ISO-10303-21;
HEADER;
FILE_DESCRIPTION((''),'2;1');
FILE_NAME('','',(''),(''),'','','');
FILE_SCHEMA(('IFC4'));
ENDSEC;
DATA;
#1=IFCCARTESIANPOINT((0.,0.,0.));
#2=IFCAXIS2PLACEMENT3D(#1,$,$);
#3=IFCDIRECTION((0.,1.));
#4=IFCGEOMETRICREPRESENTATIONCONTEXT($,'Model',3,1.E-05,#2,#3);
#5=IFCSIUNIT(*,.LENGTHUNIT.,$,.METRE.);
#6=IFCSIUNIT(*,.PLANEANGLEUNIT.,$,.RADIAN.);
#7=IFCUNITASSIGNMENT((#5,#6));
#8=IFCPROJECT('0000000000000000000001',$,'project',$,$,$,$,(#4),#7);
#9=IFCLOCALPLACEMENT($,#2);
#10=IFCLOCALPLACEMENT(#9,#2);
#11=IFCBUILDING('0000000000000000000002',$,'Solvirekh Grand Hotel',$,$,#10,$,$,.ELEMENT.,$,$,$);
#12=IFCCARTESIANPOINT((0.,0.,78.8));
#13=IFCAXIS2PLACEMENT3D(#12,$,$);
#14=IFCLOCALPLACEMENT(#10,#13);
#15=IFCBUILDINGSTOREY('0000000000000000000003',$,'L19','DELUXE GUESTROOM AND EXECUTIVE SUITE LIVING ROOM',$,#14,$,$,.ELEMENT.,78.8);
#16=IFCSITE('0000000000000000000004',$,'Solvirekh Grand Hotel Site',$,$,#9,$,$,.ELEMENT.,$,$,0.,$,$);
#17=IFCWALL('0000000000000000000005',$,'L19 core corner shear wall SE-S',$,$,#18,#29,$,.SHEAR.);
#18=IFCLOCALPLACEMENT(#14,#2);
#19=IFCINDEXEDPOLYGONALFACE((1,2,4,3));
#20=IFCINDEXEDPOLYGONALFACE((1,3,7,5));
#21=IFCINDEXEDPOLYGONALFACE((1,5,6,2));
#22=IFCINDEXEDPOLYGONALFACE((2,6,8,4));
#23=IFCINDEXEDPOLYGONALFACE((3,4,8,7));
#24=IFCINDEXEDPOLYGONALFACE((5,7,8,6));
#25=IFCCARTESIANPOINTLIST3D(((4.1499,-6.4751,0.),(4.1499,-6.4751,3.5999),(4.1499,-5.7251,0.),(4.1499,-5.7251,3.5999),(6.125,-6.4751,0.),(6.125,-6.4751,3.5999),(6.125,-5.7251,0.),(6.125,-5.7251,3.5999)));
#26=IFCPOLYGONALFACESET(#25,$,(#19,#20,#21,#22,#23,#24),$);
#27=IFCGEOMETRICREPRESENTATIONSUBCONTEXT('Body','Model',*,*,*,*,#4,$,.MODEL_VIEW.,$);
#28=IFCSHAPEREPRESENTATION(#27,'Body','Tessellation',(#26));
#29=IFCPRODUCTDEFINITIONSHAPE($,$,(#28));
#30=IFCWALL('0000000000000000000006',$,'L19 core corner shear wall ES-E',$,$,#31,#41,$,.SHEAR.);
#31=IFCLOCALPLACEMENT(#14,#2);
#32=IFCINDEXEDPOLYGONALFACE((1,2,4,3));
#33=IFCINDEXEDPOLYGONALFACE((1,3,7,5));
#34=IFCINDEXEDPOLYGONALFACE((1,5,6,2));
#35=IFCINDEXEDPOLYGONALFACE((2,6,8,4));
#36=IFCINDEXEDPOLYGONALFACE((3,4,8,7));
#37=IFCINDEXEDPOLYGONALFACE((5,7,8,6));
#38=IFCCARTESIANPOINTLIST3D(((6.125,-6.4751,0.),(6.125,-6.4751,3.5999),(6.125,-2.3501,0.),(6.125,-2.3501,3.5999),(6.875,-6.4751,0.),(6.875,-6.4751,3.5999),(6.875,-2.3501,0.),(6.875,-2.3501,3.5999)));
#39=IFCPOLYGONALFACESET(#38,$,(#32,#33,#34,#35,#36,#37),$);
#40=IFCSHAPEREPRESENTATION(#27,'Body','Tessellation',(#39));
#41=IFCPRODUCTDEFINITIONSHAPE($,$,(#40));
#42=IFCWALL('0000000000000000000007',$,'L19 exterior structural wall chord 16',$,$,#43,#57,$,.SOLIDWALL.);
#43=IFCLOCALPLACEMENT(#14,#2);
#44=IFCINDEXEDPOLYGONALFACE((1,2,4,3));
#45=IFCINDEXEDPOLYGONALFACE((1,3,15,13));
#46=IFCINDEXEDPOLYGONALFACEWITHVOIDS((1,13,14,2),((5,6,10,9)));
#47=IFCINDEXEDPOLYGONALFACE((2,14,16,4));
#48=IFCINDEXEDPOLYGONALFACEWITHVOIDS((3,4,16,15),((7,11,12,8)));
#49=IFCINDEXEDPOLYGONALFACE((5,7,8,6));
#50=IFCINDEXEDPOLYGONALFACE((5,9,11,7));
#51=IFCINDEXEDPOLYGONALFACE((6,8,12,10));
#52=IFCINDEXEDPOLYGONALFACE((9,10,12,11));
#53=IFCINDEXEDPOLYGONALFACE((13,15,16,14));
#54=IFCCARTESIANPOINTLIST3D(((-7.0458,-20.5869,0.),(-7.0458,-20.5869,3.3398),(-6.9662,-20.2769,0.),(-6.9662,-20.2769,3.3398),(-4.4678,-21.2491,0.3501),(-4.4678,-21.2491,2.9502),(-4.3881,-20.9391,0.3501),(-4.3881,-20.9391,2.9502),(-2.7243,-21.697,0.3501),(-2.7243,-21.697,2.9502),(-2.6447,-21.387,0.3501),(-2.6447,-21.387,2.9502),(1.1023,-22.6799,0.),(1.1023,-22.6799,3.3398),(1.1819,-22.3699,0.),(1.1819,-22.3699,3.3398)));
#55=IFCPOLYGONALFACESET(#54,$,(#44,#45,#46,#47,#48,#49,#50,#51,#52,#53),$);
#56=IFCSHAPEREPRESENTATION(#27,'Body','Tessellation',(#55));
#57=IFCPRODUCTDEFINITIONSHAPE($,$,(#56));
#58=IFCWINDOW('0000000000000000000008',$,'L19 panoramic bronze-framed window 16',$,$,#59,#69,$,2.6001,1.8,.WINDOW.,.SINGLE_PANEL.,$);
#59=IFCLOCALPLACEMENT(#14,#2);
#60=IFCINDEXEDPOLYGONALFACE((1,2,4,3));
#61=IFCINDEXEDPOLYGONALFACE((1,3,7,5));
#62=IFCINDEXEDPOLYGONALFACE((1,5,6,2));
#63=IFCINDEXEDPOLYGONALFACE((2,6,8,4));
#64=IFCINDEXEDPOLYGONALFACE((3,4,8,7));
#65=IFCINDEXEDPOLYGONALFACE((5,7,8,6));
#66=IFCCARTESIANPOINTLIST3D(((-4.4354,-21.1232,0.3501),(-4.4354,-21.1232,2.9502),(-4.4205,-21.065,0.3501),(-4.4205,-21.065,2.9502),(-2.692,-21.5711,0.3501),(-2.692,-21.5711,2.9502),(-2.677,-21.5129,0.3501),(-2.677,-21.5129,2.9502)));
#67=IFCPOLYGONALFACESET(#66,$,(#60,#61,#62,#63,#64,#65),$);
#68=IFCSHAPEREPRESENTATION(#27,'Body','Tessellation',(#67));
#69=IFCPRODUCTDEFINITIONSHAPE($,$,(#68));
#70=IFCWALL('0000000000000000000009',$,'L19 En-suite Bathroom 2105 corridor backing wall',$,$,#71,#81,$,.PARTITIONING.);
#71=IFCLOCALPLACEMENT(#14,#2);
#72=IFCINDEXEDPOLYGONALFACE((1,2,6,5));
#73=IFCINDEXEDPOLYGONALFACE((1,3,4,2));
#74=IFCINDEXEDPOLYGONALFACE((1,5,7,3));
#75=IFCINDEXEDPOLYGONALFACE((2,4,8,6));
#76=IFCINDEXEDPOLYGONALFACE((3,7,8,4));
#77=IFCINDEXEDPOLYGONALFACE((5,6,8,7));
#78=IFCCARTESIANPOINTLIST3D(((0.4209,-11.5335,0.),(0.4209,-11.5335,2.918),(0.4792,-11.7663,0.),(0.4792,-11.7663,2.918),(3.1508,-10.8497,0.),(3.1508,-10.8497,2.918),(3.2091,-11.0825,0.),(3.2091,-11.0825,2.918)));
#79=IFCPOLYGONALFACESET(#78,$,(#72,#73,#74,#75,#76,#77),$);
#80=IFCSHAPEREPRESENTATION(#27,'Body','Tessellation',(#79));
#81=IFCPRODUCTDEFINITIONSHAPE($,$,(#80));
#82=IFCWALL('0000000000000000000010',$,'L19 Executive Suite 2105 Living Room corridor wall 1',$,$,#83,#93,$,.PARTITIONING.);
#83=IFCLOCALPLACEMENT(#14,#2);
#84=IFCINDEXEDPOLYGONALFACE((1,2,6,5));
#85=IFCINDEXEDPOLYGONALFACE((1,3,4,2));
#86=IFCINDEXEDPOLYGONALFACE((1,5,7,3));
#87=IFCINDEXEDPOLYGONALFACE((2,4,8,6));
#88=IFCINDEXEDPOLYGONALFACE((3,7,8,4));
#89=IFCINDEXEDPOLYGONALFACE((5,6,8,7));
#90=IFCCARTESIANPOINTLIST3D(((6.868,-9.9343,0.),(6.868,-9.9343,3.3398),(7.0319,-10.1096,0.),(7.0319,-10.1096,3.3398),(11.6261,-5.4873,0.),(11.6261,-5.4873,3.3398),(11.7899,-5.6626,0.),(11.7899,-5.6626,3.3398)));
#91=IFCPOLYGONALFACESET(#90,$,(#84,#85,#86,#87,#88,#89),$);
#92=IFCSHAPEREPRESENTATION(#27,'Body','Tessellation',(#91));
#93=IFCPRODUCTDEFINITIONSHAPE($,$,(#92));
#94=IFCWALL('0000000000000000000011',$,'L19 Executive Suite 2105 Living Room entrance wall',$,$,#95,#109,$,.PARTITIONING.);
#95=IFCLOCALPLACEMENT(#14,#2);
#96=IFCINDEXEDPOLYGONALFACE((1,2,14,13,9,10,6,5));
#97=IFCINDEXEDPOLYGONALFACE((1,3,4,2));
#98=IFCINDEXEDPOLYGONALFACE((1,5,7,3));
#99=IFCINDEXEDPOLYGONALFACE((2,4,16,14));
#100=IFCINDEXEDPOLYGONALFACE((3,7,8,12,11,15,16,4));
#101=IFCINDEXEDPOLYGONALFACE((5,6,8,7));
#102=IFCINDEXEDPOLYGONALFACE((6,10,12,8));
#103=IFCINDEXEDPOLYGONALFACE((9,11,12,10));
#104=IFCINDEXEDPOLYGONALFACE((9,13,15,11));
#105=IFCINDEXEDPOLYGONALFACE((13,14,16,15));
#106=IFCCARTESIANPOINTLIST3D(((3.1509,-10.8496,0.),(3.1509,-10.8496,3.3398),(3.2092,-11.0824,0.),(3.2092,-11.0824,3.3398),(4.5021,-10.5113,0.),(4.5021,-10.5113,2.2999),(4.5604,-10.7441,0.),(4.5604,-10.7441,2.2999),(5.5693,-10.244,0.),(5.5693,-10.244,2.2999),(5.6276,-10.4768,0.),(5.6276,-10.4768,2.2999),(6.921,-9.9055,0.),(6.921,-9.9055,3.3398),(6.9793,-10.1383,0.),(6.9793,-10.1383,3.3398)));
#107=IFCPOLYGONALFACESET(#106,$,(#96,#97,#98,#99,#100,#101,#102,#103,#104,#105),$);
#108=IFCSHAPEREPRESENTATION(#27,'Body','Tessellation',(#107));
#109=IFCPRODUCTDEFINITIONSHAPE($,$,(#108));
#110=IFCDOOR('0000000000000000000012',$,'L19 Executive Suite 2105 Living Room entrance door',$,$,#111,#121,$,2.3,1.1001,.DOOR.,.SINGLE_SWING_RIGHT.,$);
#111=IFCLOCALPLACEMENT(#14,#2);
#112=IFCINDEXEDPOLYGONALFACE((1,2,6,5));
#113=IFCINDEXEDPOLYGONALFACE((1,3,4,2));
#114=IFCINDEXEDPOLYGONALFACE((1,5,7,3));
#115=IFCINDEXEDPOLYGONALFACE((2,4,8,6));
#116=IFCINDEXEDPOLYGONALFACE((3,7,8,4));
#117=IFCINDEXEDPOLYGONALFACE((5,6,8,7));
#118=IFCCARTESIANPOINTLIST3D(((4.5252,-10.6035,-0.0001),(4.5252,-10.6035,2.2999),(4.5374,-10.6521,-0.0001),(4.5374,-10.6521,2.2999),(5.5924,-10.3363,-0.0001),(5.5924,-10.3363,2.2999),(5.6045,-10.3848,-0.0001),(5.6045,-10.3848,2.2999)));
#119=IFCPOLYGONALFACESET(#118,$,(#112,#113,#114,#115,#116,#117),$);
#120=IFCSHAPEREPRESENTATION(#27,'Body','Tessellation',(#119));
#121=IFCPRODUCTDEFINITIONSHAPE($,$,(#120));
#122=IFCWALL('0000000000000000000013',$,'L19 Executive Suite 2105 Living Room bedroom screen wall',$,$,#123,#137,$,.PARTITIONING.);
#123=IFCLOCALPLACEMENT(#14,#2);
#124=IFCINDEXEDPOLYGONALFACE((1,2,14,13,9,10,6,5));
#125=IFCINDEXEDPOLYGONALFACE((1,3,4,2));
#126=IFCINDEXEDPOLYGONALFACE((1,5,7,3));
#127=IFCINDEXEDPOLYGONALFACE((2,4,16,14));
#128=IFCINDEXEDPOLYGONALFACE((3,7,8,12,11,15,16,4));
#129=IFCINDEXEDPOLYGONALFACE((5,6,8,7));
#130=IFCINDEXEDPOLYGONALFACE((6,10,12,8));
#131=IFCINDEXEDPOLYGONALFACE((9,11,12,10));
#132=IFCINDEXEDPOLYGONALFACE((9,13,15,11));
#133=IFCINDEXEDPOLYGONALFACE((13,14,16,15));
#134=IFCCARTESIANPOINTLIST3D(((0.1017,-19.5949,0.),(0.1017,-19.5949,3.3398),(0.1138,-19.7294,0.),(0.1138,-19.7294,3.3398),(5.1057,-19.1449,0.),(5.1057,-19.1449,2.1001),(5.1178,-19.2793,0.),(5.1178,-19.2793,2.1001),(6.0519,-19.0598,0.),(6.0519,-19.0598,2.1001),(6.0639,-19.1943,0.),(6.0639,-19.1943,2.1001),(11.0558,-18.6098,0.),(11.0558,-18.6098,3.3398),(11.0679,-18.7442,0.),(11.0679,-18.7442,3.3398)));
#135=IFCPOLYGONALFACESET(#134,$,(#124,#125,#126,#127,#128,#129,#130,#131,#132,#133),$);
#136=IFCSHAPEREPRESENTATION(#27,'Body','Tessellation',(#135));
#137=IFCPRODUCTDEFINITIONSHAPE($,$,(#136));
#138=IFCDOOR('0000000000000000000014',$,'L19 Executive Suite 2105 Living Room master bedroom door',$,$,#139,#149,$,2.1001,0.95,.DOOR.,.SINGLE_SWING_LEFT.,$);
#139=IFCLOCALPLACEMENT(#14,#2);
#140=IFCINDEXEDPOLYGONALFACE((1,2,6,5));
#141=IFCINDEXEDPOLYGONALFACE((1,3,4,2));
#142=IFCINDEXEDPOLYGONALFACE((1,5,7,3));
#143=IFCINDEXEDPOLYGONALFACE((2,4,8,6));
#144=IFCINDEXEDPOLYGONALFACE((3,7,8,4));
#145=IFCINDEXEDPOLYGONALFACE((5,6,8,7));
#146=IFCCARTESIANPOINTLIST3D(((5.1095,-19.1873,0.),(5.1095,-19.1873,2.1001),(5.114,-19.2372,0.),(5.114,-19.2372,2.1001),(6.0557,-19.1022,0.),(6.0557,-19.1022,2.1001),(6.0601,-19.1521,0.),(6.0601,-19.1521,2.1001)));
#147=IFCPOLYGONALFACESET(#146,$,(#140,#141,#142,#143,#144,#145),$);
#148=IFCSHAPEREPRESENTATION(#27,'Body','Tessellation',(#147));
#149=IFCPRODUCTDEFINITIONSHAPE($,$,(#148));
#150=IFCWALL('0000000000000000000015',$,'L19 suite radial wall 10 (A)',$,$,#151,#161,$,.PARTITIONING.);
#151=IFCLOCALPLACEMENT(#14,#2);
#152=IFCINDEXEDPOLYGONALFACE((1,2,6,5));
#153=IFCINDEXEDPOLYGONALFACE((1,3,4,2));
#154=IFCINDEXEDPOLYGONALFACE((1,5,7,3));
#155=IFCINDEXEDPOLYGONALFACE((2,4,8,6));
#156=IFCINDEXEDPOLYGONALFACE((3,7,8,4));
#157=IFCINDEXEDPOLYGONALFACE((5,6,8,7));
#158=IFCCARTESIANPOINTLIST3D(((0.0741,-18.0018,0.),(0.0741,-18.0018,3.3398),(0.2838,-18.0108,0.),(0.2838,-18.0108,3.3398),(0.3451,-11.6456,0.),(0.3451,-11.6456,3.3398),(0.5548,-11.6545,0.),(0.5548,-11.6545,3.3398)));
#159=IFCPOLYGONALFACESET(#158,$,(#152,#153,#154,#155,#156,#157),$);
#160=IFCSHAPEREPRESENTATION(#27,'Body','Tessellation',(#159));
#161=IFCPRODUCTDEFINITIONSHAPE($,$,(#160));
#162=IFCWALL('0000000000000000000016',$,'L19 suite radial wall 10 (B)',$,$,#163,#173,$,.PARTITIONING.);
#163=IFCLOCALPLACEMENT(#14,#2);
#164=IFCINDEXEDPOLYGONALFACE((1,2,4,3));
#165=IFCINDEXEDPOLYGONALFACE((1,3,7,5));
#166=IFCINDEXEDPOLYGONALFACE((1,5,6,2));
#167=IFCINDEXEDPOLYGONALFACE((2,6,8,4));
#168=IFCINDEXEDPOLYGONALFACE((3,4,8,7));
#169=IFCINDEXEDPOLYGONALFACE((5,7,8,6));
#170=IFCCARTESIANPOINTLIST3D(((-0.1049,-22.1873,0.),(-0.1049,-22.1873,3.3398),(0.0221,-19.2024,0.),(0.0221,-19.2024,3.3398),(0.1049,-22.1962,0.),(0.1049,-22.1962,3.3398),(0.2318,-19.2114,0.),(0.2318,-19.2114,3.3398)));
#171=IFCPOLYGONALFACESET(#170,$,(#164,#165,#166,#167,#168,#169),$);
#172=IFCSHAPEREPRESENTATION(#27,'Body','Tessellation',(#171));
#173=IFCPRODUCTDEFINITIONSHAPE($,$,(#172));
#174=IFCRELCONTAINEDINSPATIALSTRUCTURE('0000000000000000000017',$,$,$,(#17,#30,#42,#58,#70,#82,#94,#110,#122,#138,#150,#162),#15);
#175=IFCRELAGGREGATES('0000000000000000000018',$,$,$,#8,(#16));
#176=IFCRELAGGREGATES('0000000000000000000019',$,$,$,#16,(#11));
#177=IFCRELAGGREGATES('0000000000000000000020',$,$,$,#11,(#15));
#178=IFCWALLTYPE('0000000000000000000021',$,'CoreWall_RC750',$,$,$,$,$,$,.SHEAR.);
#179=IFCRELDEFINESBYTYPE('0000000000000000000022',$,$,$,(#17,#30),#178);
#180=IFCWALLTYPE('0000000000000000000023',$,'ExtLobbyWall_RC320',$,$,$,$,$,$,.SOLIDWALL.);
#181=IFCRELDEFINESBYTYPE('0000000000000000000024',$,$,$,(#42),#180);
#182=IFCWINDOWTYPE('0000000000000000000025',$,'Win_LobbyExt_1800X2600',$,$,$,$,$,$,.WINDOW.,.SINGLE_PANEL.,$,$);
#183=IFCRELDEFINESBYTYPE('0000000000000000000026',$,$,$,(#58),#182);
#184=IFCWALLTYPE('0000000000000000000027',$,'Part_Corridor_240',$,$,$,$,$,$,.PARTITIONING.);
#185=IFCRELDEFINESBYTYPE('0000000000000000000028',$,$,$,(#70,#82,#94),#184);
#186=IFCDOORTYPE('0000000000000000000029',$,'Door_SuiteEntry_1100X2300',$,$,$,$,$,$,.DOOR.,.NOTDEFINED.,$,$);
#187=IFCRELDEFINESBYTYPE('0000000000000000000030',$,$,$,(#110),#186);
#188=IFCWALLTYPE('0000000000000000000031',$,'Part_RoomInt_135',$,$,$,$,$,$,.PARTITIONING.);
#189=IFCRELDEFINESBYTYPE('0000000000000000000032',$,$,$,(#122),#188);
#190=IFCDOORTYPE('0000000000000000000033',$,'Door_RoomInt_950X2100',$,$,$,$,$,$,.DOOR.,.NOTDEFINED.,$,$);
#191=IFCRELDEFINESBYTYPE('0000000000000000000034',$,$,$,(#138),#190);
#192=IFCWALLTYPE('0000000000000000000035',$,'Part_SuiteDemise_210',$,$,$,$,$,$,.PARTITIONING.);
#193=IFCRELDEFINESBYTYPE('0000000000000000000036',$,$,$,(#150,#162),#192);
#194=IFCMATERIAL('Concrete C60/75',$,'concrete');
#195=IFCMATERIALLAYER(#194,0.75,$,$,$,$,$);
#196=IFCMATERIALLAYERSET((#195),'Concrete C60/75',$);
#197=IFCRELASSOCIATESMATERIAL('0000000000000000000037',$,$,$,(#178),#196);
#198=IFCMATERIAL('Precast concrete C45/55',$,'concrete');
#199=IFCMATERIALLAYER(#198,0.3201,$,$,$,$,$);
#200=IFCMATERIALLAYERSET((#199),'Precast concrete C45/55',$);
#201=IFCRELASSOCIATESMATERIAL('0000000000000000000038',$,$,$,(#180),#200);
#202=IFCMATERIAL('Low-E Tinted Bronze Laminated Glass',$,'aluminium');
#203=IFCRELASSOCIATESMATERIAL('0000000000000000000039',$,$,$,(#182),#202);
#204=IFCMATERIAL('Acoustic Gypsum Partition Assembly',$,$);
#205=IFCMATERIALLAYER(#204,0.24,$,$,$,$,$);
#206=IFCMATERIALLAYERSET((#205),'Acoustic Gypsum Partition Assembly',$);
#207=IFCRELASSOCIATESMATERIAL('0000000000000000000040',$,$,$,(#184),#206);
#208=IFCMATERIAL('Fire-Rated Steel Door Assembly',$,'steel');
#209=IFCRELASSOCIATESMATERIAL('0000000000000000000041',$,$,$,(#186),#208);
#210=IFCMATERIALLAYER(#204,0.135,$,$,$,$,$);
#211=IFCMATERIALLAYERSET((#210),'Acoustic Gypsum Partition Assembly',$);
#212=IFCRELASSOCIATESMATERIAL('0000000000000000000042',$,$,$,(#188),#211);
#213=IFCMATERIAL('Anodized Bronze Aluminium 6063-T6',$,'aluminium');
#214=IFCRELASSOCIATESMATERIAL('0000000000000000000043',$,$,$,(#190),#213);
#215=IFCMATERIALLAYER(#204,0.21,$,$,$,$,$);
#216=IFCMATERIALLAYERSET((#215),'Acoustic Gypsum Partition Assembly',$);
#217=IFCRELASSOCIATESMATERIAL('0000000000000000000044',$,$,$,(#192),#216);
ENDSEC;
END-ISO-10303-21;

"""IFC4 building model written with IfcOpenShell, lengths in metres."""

from ifc_helpers import new_model, si_unit, direction, frame, frame_2d, origin, place, context, subcontext, project, spatial, rectangle, extrude, material, layer, layer_set, type_object, element, fill, save


model = new_model("IFC4")

# Units and contexts
model_context = context("Model", 3, precision=1e-05, world=origin(), true_north=direction((0.0, 1.0)))
body_context = subcontext(model_context, "Body", "Model", "MODEL_VIEW")
ifc_project = project(units=[si_unit("LENGTHUNIT", "METRE"), si_unit("PLANEANGLEUNIT", "RADIAN")], contexts=[model_context])

# Site, building, storey
site_placement = place(None, origin())
site = spatial("IfcSite", under=ifc_project, at=site_placement, Name="Solvirekh Grand Hotel Site", CompositionType="ELEMENT", RefElevation=0.0)
building_placement = place(site_placement, origin())
building = spatial("IfcBuilding", under=site, at=building_placement, Name="Solvirekh Grand Hotel", CompositionType="ELEMENT")
storey_placement = place(building_placement, frame((0.0, 0.0, 78.8)))
storey = spatial("IfcBuildingStorey", under=building, at=storey_placement, Name="L19", Description="DELUXE GUESTROOM AND EXECUTIVE SUITE LIVING ROOM", CompositionType="ELEMENT", Elevation=78.8)

# Shared definitions
ifc_material_1 = material(Name="Concrete C60/75", Category="concrete")

# Walls
ifc_layer_1 = layer(ifc_material_1, 0.75)
ifc_layer_set_1 = layer_set([ifc_layer_1], Name="Concrete C60/75")
wall_type_1 = type_object("IfcWallType", Name="CoreWall_RC750", PredefinedType="SHEAR", material=ifc_layer_set_1)
wall_1_placement = place(storey_placement, frame((4.1499, -6.1001, 0.0), z_axis=(0.0, 0.0, 1.0), x_axis=(1.0, 0.0, 0.0)))
element("IfcWall", 1, at=wall_1_placement, inside=storey, type_object=wall_type_1, Name="L19 core corner shear wall SE-S", PredefinedType="SHEAR", context=body_context, shape_type="SweptSolid", body=[
    extrude(rectangle(XDim=1.9751, YDim=0.75, at=frame_2d((0.9875, 0.0))), origin(), (0.0, 0.0, 1.0), 3.5999),
])
wall_2_placement = place(storey_placement, frame((6.5, -6.4751, 0.0), z_axis=(0.0, 0.0, 1.0), x_axis=(0.0, 1.0, 0.0)))
element("IfcWall", 2, at=wall_2_placement, inside=storey, type_object=wall_type_1, Name="L19 core corner shear wall ES-E", PredefinedType="SHEAR", context=body_context, shape_type="SweptSolid", body=[
    extrude(rectangle(XDim=4.125, YDim=0.75, at=frame_2d((2.0625, 0.0))), origin(), (0.0, 0.0, 1.0), 3.5999),
])

# Wall, opening, window
ifc_material_2 = material(Name="Precast concrete C45/55", Category="concrete")
ifc_layer_2 = layer(ifc_material_2, 0.3201)
ifc_layer_set_2 = layer_set([ifc_layer_2], Name="Precast concrete C45/55")
wall_type_2 = type_object("IfcWallType", Name="ExtLobbyWall_RC320", PredefinedType="SOLIDWALL", material=ifc_layer_set_2)
wall_3_placement = place(storey_placement, frame((1.1421, -22.5249, 0.0), z_axis=(0.0, 0.0, 1.0), x_axis=(-0.968557, 0.248792, 0.0)))
wall_3 = element("IfcWall", 3, at=wall_3_placement, inside=storey, type_object=wall_type_2, Name="L19 exterior structural wall chord 16", PredefinedType="SOLIDWALL", context=body_context, shape_type="SweptSolid", body=[
    extrude(rectangle(XDim=8.4126, YDim=0.3201, at=frame_2d((4.2063, 0.0))), origin(), (0.0, 0.0, 1.0), 3.3398),
])
opening_1_placement = place(wall_3_placement, frame((3.9509, 0.0, 0.3501)))
opening_1 = element("IfcOpeningElement", 4, at=opening_1_placement, cuts=wall_3, PredefinedType="OPENING", context=body_context, shape_type="SweptSolid", body=[
    extrude(rectangle(XDim=1.8, YDim=2.6001, at=frame_2d((0.8999, 1.3))), frame((0.0, 0.1699, 0.0), z_axis=(0.0, -1.0, 0.0), x_axis=(1.0, 0.0, 0.0)), (0.0, 0.0, 1.0), 0.3401),
])
ifc_material_3 = material(Name="Low-E Tinted Bronze Laminated Glass", Category="aluminium")
window_type = type_object("IfcWindowType", Name="Win_LobbyExt_1800X2600", PartitioningType="SINGLE_PANEL", PredefinedType="WINDOW", material=ifc_material_3)
window_placement = place(opening_1_placement, origin())
window = element("IfcWindow", 5, at=window_placement, inside=storey, type_object=window_type, Name="L19 panoramic bronze-framed window 16", OverallHeight=2.6001, OverallWidth=1.8, PartitioningType="SINGLE_PANEL", PredefinedType="WINDOW", context=body_context, shape_type="SweptSolid", body=[
    extrude(rectangle(XDim=1.8, YDim=2.6001, at=frame_2d((0.8999, 1.3))), frame((0.0, 0.03, 0.0), z_axis=(0.0, -1.0, 0.0), x_axis=(1.0, 0.0, 0.0)), (0.0, 0.0, 1.0), 0.0601),
])
fill(opening_1, window)

# Walls
ifc_material_4 = material(Name="Acoustic Gypsum Partition Assembly")
ifc_layer_3 = layer(ifc_material_4, 0.24)
ifc_layer_set_3 = layer_set([ifc_layer_3], Name="Acoustic Gypsum Partition Assembly")
wall_type_3 = type_object("IfcWallType", Name="Part_Corridor_240", PredefinedType="PARTITIONING", material=ifc_layer_set_3)
wall_4_placement = place(storey_placement, frame((0.45, -11.6499, 0.0), z_axis=(0.0, 0.0, 1.0), x_axis=(0.97003, 0.242985, 0.0)))
element("IfcWall", 6, at=wall_4_placement, inside=storey, type_object=wall_type_3, Name="L19 En-suite Bathroom 2105 corridor backing wall", PredefinedType="PARTITIONING", context=body_context, shape_type="SweptSolid", body=[
    extrude(rectangle(XDim=2.8142, YDim=0.24, at=frame_2d((1.4072, 0.0))), origin(), (0.0, 0.0, 1.0), 2.918),
])
wall_5_placement = place(storey_placement, frame((6.95, -10.022, 0.0), z_axis=(0.0, 0.0, 1.0), x_axis=(0.730583, 0.682824, 0.0)))
element("IfcWall", 7, at=wall_5_placement, inside=storey, type_object=wall_type_3, Name="L19 Executive Suite 2105 Living Room corridor wall 1", PredefinedType="PARTITIONING", context=body_context, shape_type="SweptSolid", body=[
    extrude(rectangle(XDim=6.5127, YDim=0.24, at=frame_2d((3.2563, 0.0))), origin(), (0.0, 0.0, 1.0), 3.3398),
])

# Walls, openings, doors
wall_6_placement = place(storey_placement, frame((3.1799, -10.9661, 0.0), z_axis=(0.0, 0.0, 1.0), x_axis=(0.970046, 0.24292, 0.0)))
wall_6 = element("IfcWall", 8, at=wall_6_placement, inside=storey, type_object=wall_type_3, Name="L19 Executive Suite 2105 Living Room entrance wall", PredefinedType="PARTITIONING", context=body_context, shape_type="SweptSolid", body=[
    extrude(rectangle(XDim=3.8865, YDim=0.24, at=frame_2d((1.9434, 0.0))), origin(), (0.0, 0.0, 1.0), 3.3398),
])
opening_2_placement = place(wall_6_placement, frame((1.3931, 0.0, 0.0)))
opening_2 = element("IfcOpeningElement", 9, at=opening_2_placement, cuts=wall_6, PredefinedType="OPENING", context=body_context, shape_type="SweptSolid", body=[
    extrude(rectangle(XDim=1.1001, YDim=2.3, at=frame_2d((0.55, 1.1499))), frame((0.0, 0.1299, 0.0), z_axis=(0.0, -1.0, 0.0), x_axis=(1.0, 0.0, 0.0)), (0.0, 0.0, 1.0), 0.26),
])
ifc_material_5 = material(Name="Fire-Rated Steel Door Assembly", Category="steel")
door_type_1 = type_object("IfcDoorType", Name="Door_SuiteEntry_1100X2300", OperationType="NOTDEFINED", PredefinedType="DOOR", material=ifc_material_5)
door_1_placement = place(opening_2_placement, origin())
door_1 = element("IfcDoor", 10, at=door_1_placement, inside=storey, type_object=door_type_1, Name="L19 Executive Suite 2105 Living Room entrance door", OperationType="SINGLE_SWING_RIGHT", OverallHeight=2.3, OverallWidth=1.1001, PredefinedType="DOOR", context=body_context, shape_type="SweptSolid", body=[
    extrude(rectangle(XDim=1.1001, YDim=2.3, at=frame_2d((0.55, 1.1499))), frame((0.0, 0.0249, 0.0), z_axis=(0.0, -1.0, 0.0), x_axis=(1.0, 0.0, 0.0)), (0.0, 0.0, 1.0), 0.05),
])
fill(opening_2, door_1)
ifc_layer_4 = layer(ifc_material_4, 0.135)
ifc_layer_set_4 = layer_set([ifc_layer_4], Name="Acoustic Gypsum Partition Assembly")
wall_type_4 = type_object("IfcWallType", Name="Part_RoomInt_135", PredefinedType="PARTITIONING", material=ifc_layer_set_4)
wall_7_placement = place(storey_placement, frame((0.1079, -19.6621, 0.0), z_axis=(0.0, 0.0, 1.0), x_axis=(0.995981, 0.089569, 0.0)))
wall_7 = element("IfcWall", 11, at=wall_7_placement, inside=storey, type_object=wall_type_4, Name="L19 Executive Suite 2105 Living Room bedroom screen wall", PredefinedType="PARTITIONING", context=body_context, shape_type="SweptSolid", body=[
    extrude(rectangle(XDim=10.9983, YDim=0.135, at=frame_2d((5.499, 0.0))), origin(), (0.0, 0.0, 1.0), 3.3398),
])
opening_3_placement = place(wall_7_placement, frame((5.0239, 0.0, 0.0)))
opening_3 = element("IfcOpeningElement", 12, at=opening_3_placement, cuts=wall_7, PredefinedType="OPENING", context=body_context, shape_type="SweptSolid", body=[
    extrude(rectangle(XDim=0.95, YDim=2.1001, at=frame_2d((0.4751, 1.05))), frame((0.0, 0.0776, 0.0), z_axis=(0.0, -1.0, 0.0), x_axis=(1.0, 0.0, 0.0)), (0.0, 0.0, 1.0), 0.155),
])
ifc_material_6 = material(Name="Anodized Bronze Aluminium 6063-T6", Category="aluminium")
door_type_2 = type_object("IfcDoorType", Name="Door_RoomInt_950X2100", OperationType="NOTDEFINED", PredefinedType="DOOR", material=ifc_material_6)
door_2_placement = place(opening_3_placement, origin())
door_2 = element("IfcDoor", 13, at=door_2_placement, inside=storey, type_object=door_type_2, Name="L19 Executive Suite 2105 Living Room master bedroom door", OperationType="SINGLE_SWING_LEFT", OverallHeight=2.1001, OverallWidth=0.95, PredefinedType="DOOR", context=body_context, shape_type="SweptSolid", body=[
    extrude(rectangle(XDim=0.95, YDim=2.1001, at=frame_2d((0.4751, 1.05))), frame((0.0, 0.0249, 0.0), z_axis=(0.0, -1.0, 0.0), x_axis=(1.0, 0.0, 0.0)), (0.0, 0.0, 1.0), 0.05),
])
fill(opening_3, door_2)

# Walls
ifc_layer_5 = layer(ifc_material_4, 0.21)
ifc_layer_set_5 = layer_set([ifc_layer_5], Name="Acoustic Gypsum Partition Assembly")
wall_type_5 = type_object("IfcWallType", Name="Part_SuiteDemise_210", PredefinedType="PARTITIONING", material=ifc_layer_set_5)
wall_8_placement = place(storey_placement, frame((0.45, -11.6499, 0.0), z_axis=(0.0, 0.0, 1.0), x_axis=(-0.042596, -0.999092, 0.0)))
element("IfcWall", 14, at=wall_8_placement, inside=storey, type_object=wall_type_5, Name="L19 suite radial wall 10 (A)", PredefinedType="PARTITIONING", context=body_context, shape_type="SweptSolid", body=[
    extrude(rectangle(XDim=6.3621, YDim=0.21, at=frame_2d((3.1812, 0.0))), origin(), (0.0, 0.0, 1.0), 3.3398),
])
wall_9_placement = place(storey_placement, frame((0.127, -19.207, 0.0), z_axis=(0.0, 0.0, 1.0), x_axis=(-0.042494, -0.999097, 0.0)))
element("IfcWall", 15, at=wall_9_placement, inside=storey, type_object=wall_type_5, Name="L19 suite radial wall 10 (B)", PredefinedType="PARTITIONING", context=body_context, shape_type="SweptSolid", body=[
    extrude(rectangle(XDim=2.9875, YDim=0.21, at=frame_2d((1.4937, 0.0))), origin(), (0.0, 0.0, 1.0), 3.3398),
])

save(model, "model.ifc")
